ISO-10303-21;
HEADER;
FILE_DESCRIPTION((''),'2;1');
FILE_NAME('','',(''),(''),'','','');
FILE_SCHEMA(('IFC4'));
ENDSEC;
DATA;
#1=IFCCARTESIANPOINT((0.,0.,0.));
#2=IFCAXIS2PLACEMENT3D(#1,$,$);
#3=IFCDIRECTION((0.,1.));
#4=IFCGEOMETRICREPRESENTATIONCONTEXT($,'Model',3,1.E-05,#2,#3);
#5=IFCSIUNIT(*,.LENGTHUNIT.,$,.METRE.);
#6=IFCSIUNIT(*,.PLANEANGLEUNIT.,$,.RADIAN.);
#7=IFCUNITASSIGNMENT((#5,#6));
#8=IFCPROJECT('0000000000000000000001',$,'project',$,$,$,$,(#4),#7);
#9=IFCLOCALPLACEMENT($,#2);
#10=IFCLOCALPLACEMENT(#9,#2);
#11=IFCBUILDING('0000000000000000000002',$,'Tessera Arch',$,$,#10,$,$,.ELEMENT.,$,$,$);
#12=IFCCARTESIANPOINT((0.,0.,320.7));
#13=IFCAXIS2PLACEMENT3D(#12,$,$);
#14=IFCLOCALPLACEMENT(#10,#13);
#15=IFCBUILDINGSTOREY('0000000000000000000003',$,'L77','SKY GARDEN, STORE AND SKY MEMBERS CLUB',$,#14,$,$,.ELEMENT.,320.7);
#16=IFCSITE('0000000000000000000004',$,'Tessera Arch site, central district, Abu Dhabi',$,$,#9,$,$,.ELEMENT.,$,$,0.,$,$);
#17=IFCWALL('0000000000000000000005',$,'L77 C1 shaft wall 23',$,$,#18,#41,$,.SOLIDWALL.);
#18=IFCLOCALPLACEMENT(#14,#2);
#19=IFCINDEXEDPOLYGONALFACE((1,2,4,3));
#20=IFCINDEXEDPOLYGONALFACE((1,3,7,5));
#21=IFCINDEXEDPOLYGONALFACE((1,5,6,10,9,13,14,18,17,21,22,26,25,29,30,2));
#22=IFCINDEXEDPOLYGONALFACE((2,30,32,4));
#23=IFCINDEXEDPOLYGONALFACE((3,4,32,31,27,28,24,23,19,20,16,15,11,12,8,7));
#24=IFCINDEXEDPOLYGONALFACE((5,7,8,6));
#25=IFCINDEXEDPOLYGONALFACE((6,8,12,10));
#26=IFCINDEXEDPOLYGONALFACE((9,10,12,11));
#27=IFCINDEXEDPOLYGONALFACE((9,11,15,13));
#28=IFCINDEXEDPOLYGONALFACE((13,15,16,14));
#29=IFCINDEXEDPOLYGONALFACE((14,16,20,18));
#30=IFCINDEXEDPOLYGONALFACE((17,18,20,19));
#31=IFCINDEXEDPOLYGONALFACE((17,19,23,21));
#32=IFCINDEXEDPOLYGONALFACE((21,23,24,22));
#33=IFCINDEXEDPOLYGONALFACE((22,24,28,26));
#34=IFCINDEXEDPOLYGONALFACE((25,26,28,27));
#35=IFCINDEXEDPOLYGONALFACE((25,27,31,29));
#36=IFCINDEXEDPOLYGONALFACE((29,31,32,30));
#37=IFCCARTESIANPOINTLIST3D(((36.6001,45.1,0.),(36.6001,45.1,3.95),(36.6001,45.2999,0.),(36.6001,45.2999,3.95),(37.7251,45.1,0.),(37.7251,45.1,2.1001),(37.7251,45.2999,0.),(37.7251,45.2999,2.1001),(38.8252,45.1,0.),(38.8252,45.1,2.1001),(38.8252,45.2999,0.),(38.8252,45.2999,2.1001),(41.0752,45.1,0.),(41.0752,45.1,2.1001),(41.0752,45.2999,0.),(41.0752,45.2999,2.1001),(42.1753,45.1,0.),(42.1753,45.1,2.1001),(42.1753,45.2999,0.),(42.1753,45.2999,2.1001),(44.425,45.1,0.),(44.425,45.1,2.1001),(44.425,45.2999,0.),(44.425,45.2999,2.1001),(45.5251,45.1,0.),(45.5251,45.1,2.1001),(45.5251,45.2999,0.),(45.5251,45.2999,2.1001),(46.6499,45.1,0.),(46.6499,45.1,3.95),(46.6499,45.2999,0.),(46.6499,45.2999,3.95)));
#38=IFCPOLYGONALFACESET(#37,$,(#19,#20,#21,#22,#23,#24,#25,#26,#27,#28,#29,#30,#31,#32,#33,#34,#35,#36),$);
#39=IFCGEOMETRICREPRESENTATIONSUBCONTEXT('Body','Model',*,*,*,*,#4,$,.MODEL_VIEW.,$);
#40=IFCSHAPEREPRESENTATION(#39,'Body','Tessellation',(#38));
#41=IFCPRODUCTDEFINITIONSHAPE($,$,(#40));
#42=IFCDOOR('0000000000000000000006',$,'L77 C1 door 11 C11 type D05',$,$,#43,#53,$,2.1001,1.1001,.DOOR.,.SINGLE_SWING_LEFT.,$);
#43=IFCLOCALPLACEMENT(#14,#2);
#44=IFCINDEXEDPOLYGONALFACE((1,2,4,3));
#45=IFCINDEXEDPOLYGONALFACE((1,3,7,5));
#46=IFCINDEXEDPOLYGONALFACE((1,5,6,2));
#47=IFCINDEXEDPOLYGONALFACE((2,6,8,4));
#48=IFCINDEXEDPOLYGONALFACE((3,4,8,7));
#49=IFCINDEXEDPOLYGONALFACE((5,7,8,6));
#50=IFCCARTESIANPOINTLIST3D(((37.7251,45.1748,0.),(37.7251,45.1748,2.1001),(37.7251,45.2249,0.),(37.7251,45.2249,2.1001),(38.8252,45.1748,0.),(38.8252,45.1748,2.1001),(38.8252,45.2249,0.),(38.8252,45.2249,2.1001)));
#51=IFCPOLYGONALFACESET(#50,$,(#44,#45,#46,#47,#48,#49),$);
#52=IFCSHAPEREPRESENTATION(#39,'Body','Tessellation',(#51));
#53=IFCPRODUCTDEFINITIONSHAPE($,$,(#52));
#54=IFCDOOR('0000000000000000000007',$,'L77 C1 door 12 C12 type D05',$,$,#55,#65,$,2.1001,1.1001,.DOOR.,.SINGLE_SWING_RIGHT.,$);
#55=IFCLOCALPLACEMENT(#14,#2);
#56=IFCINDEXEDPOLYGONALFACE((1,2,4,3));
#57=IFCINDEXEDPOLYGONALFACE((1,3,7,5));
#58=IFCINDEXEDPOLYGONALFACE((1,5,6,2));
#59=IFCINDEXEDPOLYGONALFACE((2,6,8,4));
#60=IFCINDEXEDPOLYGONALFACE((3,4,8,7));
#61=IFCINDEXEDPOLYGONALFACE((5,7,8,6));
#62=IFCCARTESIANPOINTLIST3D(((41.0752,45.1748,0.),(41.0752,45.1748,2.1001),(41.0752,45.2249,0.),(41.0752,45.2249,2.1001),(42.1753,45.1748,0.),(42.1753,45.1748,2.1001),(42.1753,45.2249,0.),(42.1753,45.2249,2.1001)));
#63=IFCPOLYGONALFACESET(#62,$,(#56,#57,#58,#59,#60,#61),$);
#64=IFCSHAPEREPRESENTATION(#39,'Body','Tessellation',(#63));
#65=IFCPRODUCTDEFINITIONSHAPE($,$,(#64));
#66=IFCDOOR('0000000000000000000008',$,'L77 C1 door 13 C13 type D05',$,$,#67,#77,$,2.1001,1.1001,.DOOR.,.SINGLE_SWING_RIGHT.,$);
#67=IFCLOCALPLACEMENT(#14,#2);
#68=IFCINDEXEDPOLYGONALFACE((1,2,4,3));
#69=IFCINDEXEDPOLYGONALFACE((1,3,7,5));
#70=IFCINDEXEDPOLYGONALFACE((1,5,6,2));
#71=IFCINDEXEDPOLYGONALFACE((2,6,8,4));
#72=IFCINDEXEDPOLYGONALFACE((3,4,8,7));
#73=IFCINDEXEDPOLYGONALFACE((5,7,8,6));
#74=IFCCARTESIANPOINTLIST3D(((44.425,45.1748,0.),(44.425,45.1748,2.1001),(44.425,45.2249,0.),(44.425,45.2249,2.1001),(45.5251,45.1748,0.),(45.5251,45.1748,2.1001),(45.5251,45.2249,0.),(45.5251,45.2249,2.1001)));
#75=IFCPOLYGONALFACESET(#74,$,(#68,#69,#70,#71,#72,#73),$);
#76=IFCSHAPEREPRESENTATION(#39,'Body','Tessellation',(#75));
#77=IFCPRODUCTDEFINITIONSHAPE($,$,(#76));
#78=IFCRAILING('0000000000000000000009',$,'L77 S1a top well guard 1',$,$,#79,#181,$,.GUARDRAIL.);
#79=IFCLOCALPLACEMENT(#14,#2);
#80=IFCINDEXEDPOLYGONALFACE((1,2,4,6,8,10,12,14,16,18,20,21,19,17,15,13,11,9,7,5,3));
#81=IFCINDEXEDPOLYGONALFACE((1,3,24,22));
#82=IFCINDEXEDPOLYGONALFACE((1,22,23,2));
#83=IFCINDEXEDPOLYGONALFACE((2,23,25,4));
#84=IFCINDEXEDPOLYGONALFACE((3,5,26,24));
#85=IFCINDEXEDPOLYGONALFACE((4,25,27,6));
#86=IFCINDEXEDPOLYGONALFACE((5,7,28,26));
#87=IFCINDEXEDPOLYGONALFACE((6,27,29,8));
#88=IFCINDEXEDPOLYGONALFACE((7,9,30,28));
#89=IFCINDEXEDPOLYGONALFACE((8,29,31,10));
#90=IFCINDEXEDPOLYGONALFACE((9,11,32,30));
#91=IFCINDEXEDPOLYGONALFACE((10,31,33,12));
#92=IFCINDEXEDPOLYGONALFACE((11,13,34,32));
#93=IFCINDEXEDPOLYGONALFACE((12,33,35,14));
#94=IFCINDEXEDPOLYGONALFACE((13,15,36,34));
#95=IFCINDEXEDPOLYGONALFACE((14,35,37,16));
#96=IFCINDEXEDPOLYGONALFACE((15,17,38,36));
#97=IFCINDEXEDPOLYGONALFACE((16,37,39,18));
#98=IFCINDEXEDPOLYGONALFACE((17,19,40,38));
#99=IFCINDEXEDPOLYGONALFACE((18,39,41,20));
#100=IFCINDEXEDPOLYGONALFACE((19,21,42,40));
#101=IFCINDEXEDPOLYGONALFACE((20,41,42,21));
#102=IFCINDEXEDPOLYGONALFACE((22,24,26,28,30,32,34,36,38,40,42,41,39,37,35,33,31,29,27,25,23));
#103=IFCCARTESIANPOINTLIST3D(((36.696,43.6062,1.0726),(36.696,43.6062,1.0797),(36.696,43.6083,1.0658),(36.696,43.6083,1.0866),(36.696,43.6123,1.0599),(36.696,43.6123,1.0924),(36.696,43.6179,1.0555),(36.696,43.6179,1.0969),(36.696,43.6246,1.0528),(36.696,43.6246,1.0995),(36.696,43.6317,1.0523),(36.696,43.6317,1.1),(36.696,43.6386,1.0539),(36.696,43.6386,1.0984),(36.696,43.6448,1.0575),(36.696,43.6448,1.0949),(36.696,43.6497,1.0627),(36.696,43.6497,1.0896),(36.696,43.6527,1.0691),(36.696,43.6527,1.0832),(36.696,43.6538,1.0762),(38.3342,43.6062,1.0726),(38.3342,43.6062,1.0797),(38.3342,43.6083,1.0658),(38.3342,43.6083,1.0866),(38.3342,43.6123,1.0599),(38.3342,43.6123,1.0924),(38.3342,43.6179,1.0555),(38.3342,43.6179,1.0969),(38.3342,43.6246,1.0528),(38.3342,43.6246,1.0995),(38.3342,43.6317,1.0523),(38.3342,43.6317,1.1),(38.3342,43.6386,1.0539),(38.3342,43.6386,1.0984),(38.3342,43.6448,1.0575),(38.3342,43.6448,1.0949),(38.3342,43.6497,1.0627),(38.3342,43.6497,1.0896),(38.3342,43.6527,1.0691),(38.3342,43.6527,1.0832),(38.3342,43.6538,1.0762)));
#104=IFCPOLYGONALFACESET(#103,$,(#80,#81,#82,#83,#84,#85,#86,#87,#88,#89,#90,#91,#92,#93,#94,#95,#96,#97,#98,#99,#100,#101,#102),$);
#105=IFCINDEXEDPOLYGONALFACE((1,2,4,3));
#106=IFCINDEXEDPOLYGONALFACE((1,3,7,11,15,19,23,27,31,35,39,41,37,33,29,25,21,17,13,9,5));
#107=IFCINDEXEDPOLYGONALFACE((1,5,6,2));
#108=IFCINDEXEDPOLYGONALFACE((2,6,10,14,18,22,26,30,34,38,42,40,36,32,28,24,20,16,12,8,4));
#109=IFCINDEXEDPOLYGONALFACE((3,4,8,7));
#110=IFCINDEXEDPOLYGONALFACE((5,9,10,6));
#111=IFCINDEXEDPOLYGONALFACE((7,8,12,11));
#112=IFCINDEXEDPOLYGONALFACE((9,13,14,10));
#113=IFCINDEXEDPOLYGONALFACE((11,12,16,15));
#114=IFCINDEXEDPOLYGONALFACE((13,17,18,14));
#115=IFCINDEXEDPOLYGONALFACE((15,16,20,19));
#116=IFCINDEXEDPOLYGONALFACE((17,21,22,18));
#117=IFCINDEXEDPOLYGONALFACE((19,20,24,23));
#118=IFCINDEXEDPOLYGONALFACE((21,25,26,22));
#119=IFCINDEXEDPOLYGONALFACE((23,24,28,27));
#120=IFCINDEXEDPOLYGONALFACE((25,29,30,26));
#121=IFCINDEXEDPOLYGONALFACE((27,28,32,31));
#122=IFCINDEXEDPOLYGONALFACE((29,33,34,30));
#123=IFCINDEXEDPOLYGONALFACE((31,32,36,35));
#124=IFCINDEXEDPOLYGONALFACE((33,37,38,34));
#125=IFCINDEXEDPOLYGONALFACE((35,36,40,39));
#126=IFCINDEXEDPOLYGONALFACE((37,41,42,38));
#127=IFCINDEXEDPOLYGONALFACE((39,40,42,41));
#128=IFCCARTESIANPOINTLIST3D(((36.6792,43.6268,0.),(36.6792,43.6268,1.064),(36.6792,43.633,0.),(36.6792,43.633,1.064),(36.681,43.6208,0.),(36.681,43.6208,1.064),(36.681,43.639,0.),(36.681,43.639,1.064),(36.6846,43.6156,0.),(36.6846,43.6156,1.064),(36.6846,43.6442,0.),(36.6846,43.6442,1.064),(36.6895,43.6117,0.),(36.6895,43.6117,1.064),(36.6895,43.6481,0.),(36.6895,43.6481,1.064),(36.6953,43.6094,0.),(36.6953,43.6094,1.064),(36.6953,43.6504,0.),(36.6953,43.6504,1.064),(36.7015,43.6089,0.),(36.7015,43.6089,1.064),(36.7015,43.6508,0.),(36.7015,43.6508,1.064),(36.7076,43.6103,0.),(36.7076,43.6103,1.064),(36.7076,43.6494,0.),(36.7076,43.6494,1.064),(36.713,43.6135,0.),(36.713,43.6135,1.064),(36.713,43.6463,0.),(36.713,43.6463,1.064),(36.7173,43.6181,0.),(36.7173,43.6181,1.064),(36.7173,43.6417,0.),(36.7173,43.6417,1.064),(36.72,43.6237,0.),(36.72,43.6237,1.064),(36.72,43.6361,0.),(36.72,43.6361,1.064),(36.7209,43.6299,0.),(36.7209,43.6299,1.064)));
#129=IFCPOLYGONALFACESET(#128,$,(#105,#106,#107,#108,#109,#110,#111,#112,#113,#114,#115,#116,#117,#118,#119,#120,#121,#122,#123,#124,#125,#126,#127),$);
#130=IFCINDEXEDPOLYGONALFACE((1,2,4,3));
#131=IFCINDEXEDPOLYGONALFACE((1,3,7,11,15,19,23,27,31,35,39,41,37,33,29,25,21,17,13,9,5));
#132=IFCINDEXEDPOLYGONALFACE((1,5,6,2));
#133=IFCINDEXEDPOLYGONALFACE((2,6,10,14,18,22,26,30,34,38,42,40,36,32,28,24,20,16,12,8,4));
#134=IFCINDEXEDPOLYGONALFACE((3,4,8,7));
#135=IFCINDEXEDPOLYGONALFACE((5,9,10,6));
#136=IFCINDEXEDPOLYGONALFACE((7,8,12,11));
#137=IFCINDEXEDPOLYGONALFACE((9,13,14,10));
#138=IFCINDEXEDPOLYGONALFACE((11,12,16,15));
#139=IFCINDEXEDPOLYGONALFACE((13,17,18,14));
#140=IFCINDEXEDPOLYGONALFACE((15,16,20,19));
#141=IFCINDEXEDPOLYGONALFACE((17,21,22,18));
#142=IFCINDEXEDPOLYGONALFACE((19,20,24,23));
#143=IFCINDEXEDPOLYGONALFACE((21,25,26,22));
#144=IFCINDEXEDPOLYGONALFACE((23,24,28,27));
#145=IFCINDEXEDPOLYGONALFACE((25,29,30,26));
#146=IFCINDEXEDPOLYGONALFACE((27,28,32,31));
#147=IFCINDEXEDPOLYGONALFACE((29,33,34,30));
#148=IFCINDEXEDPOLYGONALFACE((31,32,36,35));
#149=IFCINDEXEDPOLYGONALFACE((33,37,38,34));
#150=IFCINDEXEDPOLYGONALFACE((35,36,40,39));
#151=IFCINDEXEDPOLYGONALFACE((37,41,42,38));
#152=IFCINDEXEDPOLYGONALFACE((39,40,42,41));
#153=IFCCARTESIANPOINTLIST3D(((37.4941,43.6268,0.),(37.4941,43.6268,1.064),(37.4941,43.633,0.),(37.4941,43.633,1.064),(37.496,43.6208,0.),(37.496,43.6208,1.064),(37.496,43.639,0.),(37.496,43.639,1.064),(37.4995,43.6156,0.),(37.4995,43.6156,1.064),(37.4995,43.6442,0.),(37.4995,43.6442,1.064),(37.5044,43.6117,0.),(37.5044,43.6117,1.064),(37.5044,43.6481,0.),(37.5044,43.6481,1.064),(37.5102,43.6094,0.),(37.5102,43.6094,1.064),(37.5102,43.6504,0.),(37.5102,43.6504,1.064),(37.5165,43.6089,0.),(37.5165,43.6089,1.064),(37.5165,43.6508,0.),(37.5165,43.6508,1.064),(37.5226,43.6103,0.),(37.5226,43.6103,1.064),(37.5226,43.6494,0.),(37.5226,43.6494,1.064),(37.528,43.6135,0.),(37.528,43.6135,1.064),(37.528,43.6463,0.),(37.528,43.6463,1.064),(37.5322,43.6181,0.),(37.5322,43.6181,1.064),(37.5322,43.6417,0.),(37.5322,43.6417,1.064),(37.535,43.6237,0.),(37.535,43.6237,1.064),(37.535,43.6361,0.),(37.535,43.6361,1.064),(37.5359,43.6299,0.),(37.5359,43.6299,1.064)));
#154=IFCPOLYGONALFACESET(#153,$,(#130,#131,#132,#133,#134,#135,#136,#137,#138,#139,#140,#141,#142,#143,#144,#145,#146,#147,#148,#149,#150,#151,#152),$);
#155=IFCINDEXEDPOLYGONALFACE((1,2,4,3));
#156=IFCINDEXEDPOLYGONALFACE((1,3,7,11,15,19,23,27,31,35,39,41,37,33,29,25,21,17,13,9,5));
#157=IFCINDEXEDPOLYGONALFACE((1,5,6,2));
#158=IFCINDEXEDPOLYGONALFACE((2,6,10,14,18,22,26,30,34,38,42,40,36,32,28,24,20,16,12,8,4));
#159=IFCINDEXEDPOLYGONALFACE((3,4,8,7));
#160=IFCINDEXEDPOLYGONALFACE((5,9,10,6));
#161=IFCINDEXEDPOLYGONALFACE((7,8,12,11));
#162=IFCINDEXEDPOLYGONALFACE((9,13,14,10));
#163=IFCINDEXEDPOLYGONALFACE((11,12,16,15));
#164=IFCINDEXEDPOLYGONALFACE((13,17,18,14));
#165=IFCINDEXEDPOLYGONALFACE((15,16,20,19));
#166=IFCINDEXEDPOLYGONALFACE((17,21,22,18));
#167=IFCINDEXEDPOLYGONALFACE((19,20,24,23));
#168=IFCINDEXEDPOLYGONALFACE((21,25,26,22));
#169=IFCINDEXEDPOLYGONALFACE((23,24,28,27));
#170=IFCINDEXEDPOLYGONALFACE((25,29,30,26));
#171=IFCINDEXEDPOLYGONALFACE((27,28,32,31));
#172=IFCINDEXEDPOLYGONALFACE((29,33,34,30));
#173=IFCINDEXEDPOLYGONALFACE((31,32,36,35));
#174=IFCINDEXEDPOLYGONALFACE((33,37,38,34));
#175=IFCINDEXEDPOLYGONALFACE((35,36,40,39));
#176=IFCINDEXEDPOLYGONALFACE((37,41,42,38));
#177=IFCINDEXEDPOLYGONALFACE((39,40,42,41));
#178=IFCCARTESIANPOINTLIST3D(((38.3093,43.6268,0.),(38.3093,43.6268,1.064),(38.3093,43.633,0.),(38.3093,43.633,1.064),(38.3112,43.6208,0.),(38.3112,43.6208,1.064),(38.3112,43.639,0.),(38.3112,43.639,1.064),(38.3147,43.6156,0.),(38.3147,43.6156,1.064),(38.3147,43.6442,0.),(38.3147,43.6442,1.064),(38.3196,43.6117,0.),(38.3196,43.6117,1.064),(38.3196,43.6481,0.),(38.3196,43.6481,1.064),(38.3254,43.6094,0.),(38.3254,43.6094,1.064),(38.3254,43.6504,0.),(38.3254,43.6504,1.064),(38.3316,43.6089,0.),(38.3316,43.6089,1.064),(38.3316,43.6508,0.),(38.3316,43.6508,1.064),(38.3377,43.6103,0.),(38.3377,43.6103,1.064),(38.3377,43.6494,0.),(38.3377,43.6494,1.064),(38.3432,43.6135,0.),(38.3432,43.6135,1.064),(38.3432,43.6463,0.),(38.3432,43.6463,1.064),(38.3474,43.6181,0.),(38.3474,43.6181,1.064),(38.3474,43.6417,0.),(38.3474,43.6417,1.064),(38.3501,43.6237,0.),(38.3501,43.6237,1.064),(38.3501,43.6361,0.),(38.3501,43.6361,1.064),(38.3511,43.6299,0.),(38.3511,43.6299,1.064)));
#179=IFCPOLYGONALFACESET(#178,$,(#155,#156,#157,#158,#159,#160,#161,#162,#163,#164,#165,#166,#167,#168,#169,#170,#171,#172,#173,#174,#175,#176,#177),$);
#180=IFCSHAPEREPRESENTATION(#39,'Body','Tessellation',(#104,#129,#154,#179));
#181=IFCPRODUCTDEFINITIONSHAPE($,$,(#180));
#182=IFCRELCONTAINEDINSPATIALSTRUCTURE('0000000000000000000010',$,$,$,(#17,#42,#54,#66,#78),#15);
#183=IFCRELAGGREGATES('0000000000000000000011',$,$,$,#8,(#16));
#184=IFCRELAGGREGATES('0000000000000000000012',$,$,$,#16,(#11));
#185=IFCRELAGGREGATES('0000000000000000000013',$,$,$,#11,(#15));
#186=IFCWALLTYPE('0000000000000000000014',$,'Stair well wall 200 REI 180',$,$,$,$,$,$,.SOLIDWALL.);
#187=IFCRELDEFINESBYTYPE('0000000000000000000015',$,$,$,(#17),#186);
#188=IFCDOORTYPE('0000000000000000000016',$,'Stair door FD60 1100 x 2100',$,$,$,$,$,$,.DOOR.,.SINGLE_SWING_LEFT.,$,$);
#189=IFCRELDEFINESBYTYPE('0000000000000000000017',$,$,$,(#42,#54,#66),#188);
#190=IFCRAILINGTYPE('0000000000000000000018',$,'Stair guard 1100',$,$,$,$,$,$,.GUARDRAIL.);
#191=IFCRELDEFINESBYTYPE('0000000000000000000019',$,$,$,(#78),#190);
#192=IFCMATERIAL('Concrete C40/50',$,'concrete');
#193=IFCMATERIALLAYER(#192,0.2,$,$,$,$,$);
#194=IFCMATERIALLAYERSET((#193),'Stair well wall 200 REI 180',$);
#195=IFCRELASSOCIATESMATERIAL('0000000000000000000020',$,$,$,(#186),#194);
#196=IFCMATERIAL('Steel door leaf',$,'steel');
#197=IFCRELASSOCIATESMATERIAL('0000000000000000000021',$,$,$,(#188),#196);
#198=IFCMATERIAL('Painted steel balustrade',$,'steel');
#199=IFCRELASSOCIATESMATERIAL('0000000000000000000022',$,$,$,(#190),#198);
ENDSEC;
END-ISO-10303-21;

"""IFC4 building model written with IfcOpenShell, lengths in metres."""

from ifc_helpers import new_model, si_unit, direction, frame, frame_2d, origin, origin_2d, place, context, subcontext, project, spatial, rectangle, circle, extrude, material, layer, layer_set, type_object, element, fill, save


model = new_model("IFC4")

# Units and contexts
model_context = context("Model", 3, precision=1e-05, world=origin(), true_north=direction((0.0, 1.0)))
body_context = subcontext(model_context, "Body", "Model", "MODEL_VIEW")
ifc_project = project(units=[si_unit("LENGTHUNIT", "METRE"), si_unit("PLANEANGLEUNIT", "RADIAN")], contexts=[model_context])

# Site, building, storey
site_placement = place(None, origin())
site = spatial("IfcSite", under=ifc_project, at=site_placement, Name="Tessera Arch site, central district, Abu Dhabi", CompositionType="ELEMENT", RefElevation=0.0)
building_placement = place(site_placement, origin())
building = spatial("IfcBuilding", under=site, at=building_placement, Name="Tessera Arch", CompositionType="ELEMENT")
storey_placement = place(building_placement, frame((0.0, 0.0, 320.7)))
storey = spatial("IfcBuildingStorey", under=building, at=storey_placement, Name="L77", Description="SKY GARDEN, STORE AND SKY MEMBERS CLUB", CompositionType="ELEMENT", Elevation=320.7)

# Shared definitions
ifc_material_1 = material(Name="Concrete C40/50", Category="concrete")
ifc_layer_1 = layer(ifc_material_1, 0.2)
ifc_layer_set_1 = layer_set([ifc_layer_1], Name="Stair well wall 200 REI 180")
wall_type_1 = type_object("IfcWallType", Name="Stair well wall 200 REI 180", PredefinedType="SOLIDWALL", material=ifc_layer_set_1)

# Wall, openings, doors
wall_1_placement = place(storey_placement, frame((36.6001, 45.2, 0.0), z_axis=(0.0, 0.0, 1.0), x_axis=(1.0, 0.0, 0.0)))
wall_1 = element("IfcWall", 1, at=wall_1_placement, inside=storey, type_object=wall_type_1, Name="L77 C1 shaft wall 23", PredefinedType="SOLIDWALL", context=body_context, shape_type="SweptSolid", body=[
    extrude(rectangle(XDim=10.0498, YDim=0.2, at=frame_2d((5.0249, 0.0))), origin(), (0.0, 0.0, 1.0), 3.95),
])
opening_1_placement = place(wall_1_placement, frame((1.125, 0.0, 0.0)))
opening_1 = element("IfcOpeningElement", 2, at=opening_1_placement, cuts=wall_1, PredefinedType="OPENING", context=body_context, shape_type="SweptSolid", body=[
    extrude(rectangle(XDim=1.1001, YDim=2.1001, at=frame_2d((0.55, 1.05))), frame((0.0, 0.1099, 0.0), z_axis=(0.0, -1.0, 0.0), x_axis=(1.0, 0.0, 0.0)), (0.0, 0.0, 1.0), 0.22),
])
opening_2_placement = place(wall_1_placement, frame((4.4751, 0.0, 0.0)))
opening_2 = element("IfcOpeningElement", 3, at=opening_2_placement, cuts=wall_1, PredefinedType="OPENING", context=body_context, shape_type="SweptSolid", body=[
    extrude(rectangle(XDim=1.1001, YDim=2.1001, at=frame_2d((0.55, 1.05))), frame((0.0, 0.1099, 0.0), z_axis=(0.0, -1.0, 0.0), x_axis=(1.0, 0.0, 0.0)), (0.0, 0.0, 1.0), 0.22),
])
opening_3_placement = place(wall_1_placement, frame((7.825, 0.0, 0.0)))
opening_3 = element("IfcOpeningElement", 4, at=opening_3_placement, cuts=wall_1, PredefinedType="OPENING", context=body_context, shape_type="SweptSolid", body=[
    extrude(rectangle(XDim=1.1001, YDim=2.1001, at=frame_2d((0.55, 1.05))), frame((0.0, 0.1099, 0.0), z_axis=(0.0, -1.0, 0.0), x_axis=(1.0, 0.0, 0.0)), (0.0, 0.0, 1.0), 0.22),
])
ifc_material_2 = material(Name="Steel door leaf", Category="steel")
door_type_1 = type_object("IfcDoorType", Name="Stair door FD60 1100 x 2100", OperationType="SINGLE_SWING_LEFT", PredefinedType="DOOR", material=ifc_material_2)
door_1_placement = place(opening_1_placement, origin())
door_1 = element("IfcDoor", 5, at=door_1_placement, inside=storey, type_object=door_type_1, Name="L77 C1 door 11 C11 type D05", OperationType="SINGLE_SWING_LEFT", OverallHeight=2.1001, OverallWidth=1.1001, PredefinedType="DOOR", context=body_context, shape_type="SweptSolid", body=[
    extrude(rectangle(XDim=1.1001, YDim=2.1001, at=frame_2d((0.55, 1.05))), frame((0.0, 0.0249, 0.0), z_axis=(0.0, -1.0, 0.0), x_axis=(1.0, 0.0, 0.0)), (0.0, 0.0, 1.0), 0.05),
])
fill(opening_1, door_1)
door_2_placement = place(opening_2_placement, origin())
door_2 = element("IfcDoor", 6, at=door_2_placement, inside=storey, type_object=door_type_1, Name="L77 C1 door 12 C12 type D05", OperationType="SINGLE_SWING_RIGHT", OverallHeight=2.1001, OverallWidth=1.1001, PredefinedType="DOOR", context=body_context, shape_type="SweptSolid", body=[
    extrude(rectangle(XDim=1.1001, YDim=2.1001, at=frame_2d((0.55, 1.05))), frame((0.0, 0.0249, 0.0), z_axis=(0.0, -1.0, 0.0), x_axis=(1.0, 0.0, 0.0)), (0.0, 0.0, 1.0), 0.05),
])
fill(opening_2, door_2)
door_3_placement = place(opening_3_placement, origin())
door_3 = element("IfcDoor", 7, at=door_3_placement, inside=storey, type_object=door_type_1, Name="L77 C1 door 13 C13 type D05", OperationType="SINGLE_SWING_RIGHT", OverallHeight=2.1001, OverallWidth=1.1001, PredefinedType="DOOR", context=body_context, shape_type="SweptSolid", body=[
    extrude(rectangle(XDim=1.1001, YDim=2.1001, at=frame_2d((0.55, 1.05))), frame((0.0, 0.0249, 0.0), z_axis=(0.0, -1.0, 0.0), x_axis=(1.0, 0.0, 0.0)), (0.0, 0.0, 1.0), 0.05),
])
fill(opening_3, door_3)

# Railing
ifc_material_3 = material(Name="Painted steel balustrade", Category="steel")
railing_type = type_object("IfcRailingType", Name="Stair guard 1100", PredefinedType="GUARDRAIL", material=ifc_material_3)
railing_1_placement = place(storey_placement, frame((36.7, 43.6299, 0.0)))
element("IfcRailing", 8, at=railing_1_placement, inside=storey, type_object=railing_type, Name="L77 S1a top well guard 1", PredefinedType="GUARDRAIL", context=body_context, shape_type="SweptSolid", body=[
    extrude(circle(Radius=0.0239, at=origin_2d()), frame((-0.0039, 0.0, 1.0762), z_axis=(1.0, 0.0, 0.0), x_axis=(0.0, 1.0, 0.0)), (0.0, 0.0, 1.0), 1.6382),
    extrude(circle(Radius=0.021, at=origin_2d()), origin(), (0.0, 0.0, 1.0), 1.064),
    extrude(circle(Radius=0.021, at=origin_2d()), frame((0.8149, 0.0, 0.0)), (0.0, 0.0, 1.0), 1.064),
    extrude(circle(Radius=0.021, at=origin_2d()), frame((1.6301, 0.0, 0.0)), (0.0, 0.0, 1.0), 1.064),
])

save(model, "model.ifc")
